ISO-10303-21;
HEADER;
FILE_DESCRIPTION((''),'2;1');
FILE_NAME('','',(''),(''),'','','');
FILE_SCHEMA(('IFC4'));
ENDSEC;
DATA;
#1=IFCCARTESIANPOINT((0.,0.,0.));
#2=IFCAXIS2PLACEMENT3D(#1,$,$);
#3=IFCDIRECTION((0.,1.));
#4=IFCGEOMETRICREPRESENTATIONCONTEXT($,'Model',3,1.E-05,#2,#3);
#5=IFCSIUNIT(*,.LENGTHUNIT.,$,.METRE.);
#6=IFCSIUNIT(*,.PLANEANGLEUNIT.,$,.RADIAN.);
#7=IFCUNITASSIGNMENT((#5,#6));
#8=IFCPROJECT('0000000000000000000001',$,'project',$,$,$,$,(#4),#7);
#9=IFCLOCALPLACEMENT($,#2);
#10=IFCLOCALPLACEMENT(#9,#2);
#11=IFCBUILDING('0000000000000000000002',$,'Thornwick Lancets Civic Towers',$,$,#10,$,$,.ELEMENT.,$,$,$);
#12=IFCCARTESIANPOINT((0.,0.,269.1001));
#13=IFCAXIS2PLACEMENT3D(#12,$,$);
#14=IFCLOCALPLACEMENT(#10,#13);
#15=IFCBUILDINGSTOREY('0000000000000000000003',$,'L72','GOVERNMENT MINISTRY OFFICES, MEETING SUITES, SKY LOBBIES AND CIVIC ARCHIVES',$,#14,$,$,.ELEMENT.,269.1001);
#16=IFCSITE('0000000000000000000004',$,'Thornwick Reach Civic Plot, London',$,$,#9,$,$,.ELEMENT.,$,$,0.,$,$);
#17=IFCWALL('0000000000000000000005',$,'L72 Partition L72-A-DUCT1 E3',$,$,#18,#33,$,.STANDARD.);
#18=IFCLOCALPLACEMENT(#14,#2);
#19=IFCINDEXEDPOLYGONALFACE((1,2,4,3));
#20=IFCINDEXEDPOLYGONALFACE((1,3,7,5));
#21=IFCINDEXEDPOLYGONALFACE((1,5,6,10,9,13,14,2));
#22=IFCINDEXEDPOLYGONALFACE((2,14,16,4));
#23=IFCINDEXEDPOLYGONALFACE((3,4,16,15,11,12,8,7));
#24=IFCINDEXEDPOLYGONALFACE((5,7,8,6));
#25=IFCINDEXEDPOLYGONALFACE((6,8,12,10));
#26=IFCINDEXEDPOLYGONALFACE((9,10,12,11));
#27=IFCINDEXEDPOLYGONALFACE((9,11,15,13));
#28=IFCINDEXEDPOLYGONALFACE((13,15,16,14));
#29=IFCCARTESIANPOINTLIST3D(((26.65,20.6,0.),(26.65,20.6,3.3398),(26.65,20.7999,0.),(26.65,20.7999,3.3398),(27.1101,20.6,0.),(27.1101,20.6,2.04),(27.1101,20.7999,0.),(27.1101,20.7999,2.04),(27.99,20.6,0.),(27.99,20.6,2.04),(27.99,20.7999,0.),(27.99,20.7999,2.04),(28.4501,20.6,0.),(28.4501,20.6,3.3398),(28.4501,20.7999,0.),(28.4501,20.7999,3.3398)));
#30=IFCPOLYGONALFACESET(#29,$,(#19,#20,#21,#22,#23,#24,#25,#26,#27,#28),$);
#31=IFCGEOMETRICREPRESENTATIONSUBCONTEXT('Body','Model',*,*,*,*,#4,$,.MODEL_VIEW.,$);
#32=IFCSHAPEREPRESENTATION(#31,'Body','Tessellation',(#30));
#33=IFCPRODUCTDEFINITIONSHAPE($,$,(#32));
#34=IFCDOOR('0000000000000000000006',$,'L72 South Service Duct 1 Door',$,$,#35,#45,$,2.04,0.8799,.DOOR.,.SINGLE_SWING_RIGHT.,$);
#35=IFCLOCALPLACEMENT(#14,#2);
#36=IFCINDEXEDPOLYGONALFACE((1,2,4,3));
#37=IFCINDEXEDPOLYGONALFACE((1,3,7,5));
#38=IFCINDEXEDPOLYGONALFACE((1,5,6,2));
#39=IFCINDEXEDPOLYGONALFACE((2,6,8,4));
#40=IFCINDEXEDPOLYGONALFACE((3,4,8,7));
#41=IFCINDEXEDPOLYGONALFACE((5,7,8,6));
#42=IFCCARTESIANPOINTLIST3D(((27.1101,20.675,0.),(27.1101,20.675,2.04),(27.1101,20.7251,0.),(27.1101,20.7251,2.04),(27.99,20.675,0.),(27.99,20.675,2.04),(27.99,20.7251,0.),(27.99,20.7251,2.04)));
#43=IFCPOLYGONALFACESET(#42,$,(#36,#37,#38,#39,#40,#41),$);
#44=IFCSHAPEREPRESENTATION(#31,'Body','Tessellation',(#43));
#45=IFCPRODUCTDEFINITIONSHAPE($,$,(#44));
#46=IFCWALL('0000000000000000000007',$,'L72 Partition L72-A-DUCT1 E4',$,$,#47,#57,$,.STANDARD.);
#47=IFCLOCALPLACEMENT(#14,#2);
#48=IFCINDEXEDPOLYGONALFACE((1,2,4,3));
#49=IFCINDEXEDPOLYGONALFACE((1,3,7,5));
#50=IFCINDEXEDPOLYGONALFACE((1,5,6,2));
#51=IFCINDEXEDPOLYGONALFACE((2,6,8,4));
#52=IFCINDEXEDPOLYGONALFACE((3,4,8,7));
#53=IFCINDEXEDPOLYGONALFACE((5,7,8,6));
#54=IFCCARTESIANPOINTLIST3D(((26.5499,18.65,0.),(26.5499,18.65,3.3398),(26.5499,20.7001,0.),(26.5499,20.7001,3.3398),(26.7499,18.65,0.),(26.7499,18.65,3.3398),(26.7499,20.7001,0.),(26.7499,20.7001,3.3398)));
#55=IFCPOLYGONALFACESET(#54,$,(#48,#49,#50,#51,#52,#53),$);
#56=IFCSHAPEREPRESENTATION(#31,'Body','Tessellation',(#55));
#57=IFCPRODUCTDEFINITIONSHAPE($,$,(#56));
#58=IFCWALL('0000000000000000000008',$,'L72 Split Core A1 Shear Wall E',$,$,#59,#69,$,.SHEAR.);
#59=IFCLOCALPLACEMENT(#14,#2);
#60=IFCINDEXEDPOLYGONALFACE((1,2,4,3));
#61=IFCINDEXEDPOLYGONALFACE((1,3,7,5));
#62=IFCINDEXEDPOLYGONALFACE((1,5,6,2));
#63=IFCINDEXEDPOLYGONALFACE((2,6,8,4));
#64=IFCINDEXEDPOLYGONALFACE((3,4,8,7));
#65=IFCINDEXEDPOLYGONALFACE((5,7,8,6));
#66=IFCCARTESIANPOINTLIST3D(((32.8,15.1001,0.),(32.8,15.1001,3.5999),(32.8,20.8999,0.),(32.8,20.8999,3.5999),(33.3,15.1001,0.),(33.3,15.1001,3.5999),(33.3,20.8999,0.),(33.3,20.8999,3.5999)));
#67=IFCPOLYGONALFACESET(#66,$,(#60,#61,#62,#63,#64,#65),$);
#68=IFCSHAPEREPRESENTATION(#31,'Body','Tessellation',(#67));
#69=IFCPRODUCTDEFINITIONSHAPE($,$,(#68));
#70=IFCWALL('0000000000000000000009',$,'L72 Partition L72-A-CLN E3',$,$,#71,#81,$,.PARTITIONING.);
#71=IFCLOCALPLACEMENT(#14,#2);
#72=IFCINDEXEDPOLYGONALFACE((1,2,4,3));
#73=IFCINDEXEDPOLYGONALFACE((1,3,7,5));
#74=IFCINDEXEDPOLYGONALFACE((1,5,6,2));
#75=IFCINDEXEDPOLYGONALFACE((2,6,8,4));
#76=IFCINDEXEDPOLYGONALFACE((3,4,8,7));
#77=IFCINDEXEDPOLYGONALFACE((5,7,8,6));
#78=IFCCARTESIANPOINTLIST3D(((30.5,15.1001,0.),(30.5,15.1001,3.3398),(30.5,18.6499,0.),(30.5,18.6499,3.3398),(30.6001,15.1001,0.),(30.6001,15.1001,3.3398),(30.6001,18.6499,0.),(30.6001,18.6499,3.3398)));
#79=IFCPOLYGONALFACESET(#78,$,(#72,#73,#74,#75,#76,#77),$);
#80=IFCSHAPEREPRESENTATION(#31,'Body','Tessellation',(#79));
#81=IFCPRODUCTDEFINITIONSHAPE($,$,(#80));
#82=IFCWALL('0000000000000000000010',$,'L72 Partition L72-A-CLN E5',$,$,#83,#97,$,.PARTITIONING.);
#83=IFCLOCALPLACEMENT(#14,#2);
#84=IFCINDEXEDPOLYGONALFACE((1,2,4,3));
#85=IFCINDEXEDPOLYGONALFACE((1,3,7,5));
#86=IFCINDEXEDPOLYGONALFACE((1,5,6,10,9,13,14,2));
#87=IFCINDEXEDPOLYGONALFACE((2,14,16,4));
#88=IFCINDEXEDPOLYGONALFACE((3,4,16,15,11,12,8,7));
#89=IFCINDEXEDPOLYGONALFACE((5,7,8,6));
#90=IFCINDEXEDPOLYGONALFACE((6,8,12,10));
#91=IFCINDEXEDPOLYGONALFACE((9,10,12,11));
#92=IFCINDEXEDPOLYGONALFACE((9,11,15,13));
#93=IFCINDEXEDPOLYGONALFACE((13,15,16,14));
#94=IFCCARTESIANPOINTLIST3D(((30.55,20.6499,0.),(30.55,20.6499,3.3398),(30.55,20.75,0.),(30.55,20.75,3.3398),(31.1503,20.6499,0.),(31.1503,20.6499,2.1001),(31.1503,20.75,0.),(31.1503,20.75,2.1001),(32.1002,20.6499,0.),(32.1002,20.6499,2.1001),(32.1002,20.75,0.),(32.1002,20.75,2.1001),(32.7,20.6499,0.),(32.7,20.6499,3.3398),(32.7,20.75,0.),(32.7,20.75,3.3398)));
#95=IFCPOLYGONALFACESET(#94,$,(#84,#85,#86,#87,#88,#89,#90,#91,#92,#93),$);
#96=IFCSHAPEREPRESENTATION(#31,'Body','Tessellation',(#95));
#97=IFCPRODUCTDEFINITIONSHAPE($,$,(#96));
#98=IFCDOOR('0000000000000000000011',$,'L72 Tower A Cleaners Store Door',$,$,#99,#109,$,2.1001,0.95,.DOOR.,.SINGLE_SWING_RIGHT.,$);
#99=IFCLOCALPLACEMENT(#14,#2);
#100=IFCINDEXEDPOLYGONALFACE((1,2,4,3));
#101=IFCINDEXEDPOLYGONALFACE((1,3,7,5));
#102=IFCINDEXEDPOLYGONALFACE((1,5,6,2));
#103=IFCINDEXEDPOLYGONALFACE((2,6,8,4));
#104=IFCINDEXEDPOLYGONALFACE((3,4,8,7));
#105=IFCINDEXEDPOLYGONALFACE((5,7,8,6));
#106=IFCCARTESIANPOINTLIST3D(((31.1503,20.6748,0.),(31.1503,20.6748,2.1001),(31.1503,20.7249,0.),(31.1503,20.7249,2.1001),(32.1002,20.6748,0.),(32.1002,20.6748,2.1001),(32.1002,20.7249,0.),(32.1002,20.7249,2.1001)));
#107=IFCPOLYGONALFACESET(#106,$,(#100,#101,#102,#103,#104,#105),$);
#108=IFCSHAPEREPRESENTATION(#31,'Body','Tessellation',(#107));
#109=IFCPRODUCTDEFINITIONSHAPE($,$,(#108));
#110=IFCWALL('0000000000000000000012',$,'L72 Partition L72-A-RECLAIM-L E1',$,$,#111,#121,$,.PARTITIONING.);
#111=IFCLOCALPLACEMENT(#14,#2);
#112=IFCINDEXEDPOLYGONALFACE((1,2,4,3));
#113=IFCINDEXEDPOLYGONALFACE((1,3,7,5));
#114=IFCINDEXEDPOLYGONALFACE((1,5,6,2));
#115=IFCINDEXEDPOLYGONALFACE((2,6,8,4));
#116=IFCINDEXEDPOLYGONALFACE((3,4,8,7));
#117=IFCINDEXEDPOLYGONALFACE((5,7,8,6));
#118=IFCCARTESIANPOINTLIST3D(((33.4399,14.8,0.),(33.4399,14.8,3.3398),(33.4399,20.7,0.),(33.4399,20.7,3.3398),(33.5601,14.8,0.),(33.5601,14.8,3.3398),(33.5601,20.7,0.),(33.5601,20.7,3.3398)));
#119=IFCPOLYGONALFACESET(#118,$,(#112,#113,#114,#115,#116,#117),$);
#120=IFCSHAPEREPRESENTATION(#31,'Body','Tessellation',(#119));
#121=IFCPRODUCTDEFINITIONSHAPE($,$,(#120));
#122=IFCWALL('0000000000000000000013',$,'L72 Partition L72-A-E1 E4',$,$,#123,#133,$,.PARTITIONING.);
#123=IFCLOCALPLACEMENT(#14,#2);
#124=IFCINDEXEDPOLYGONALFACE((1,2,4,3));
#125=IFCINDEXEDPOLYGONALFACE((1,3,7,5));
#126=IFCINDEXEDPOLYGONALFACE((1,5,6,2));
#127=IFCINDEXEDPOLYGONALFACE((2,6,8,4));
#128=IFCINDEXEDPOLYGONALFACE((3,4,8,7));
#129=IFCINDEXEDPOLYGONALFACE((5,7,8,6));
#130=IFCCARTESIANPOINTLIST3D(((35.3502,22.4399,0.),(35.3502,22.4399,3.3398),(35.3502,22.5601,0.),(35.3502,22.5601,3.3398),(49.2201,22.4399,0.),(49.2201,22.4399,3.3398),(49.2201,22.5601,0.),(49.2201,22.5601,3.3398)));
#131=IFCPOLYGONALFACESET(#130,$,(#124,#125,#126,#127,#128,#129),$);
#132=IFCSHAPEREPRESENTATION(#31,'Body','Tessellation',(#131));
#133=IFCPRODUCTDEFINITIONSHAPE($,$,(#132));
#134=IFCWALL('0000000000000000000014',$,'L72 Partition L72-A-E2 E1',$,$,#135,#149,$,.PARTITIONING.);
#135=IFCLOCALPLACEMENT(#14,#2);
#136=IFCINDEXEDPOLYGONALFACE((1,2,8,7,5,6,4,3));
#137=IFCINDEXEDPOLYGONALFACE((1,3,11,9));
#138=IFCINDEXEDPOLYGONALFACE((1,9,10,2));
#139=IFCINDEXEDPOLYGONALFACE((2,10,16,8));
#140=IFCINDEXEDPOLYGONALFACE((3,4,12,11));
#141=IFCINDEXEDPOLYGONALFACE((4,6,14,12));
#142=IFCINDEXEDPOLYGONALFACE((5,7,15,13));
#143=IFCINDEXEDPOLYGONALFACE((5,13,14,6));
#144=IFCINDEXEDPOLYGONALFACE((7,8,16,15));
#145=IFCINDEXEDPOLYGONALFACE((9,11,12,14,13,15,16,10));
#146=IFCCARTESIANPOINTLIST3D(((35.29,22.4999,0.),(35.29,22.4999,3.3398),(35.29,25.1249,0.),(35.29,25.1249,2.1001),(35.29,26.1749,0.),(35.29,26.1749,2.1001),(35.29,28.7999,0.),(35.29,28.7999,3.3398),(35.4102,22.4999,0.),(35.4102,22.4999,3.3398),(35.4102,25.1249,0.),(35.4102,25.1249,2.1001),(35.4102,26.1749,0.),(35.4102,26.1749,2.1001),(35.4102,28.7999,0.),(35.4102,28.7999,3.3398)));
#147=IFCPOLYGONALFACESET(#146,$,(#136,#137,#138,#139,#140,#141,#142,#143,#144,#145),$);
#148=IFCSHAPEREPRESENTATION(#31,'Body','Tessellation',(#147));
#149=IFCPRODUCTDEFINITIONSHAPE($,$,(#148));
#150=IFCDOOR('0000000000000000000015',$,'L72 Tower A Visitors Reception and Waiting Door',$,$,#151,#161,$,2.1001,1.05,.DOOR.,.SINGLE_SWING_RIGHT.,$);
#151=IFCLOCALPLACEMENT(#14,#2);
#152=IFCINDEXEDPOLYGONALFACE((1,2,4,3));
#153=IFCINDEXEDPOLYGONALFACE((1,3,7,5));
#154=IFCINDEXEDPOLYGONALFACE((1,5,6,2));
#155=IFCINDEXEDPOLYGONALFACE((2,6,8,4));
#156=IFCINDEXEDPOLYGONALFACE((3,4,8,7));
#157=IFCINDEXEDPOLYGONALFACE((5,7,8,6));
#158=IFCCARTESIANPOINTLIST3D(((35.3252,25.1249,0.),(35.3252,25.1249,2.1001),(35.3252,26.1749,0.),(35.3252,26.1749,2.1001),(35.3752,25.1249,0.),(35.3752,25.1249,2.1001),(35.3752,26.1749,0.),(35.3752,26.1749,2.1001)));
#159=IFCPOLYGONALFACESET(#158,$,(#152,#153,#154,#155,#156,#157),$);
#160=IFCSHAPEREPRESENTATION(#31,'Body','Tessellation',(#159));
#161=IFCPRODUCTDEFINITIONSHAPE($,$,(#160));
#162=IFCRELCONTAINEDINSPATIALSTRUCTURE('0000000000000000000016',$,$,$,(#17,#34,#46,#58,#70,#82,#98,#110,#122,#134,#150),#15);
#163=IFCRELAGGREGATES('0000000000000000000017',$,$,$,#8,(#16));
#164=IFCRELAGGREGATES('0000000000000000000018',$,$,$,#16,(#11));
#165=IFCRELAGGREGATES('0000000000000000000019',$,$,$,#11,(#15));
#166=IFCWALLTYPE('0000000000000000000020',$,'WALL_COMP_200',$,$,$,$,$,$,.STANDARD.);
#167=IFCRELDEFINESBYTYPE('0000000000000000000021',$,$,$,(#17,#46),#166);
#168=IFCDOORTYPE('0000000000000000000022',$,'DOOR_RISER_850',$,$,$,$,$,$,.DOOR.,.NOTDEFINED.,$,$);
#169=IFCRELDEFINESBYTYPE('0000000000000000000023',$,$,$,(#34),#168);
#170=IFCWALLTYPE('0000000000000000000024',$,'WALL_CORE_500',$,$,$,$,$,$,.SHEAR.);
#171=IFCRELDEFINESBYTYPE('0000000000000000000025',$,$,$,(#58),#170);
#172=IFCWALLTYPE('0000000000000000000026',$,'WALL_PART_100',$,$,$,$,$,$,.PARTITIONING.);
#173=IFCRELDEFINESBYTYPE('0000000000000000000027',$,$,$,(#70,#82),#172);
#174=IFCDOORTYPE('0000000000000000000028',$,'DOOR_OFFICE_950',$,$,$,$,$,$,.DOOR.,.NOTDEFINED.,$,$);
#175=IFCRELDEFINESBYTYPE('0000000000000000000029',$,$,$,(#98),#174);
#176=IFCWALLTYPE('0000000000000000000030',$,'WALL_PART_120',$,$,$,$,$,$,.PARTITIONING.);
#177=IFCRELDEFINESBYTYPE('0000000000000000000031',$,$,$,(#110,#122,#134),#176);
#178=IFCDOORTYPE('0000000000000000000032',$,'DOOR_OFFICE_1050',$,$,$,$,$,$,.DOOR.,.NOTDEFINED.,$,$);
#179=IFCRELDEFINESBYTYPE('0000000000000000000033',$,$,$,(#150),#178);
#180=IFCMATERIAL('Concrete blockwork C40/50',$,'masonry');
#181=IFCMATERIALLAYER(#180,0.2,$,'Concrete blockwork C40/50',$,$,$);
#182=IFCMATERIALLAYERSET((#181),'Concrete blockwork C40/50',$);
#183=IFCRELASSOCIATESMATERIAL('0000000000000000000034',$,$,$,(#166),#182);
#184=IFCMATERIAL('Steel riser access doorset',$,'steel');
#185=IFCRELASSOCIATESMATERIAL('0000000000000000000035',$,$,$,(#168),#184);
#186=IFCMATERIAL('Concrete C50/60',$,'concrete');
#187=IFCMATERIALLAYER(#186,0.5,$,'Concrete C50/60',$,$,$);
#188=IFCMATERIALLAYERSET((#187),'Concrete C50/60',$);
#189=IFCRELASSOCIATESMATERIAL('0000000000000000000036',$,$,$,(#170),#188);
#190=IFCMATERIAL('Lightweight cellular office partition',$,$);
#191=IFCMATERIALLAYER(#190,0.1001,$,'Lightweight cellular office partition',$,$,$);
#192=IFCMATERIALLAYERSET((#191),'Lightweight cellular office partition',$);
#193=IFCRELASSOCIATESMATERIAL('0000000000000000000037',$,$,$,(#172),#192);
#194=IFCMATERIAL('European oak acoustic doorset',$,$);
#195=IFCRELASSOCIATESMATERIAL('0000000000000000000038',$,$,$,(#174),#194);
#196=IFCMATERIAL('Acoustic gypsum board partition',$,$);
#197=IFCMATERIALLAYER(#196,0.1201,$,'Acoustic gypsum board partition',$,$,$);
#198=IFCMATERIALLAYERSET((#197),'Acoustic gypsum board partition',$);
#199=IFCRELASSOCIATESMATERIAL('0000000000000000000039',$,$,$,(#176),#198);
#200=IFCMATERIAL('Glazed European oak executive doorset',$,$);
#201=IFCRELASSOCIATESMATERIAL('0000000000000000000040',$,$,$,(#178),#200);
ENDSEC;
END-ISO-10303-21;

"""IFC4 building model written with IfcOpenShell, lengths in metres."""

from ifc_helpers import new_model, si_unit, direction, frame, frame_2d, origin, place, context, subcontext, project, spatial, rectangle, extrude, material, layer, layer_set, type_object, element, fill, save


model = new_model("IFC4")

# Units and contexts
model_context = context("Model", 3, precision=1e-05, world=origin(), true_north=direction((0.0, 1.0)))
body_context = subcontext(model_context, "Body", "Model", "MODEL_VIEW")
ifc_project = project(units=[si_unit("LENGTHUNIT", "METRE"), si_unit("PLANEANGLEUNIT", "RADIAN")], contexts=[model_context])

# Site, building, storey
site_placement = place(None, origin())
site = spatial("IfcSite", under=ifc_project, at=site_placement, Name="Thornwick Reach Civic Plot, London", CompositionType="ELEMENT", RefElevation=0.0)
building_placement = place(site_placement, origin())
building = spatial("IfcBuilding", under=site, at=building_placement, Name="Thornwick Lancets Civic Towers", CompositionType="ELEMENT")
storey_placement = place(building_placement, frame((0.0, 0.0, 269.1001)))
storey = spatial("IfcBuildingStorey", under=building, at=storey_placement, Name="L72", Description="GOVERNMENT MINISTRY OFFICES, MEETING SUITES, SKY LOBBIES AND CIVIC ARCHIVES", CompositionType="ELEMENT", Elevation=269.1001)

# Shared definitions
ifc_material_1 = material(Name="Concrete C50/60", Category="concrete")

# Shared definitions
ifc_material_2 = material(Name="Concrete blockwork C40/50", Category="masonry")
ifc_layer_1 = layer(ifc_material_2, 0.2, Name="Concrete blockwork C40/50")
ifc_layer_set_1 = layer_set([ifc_layer_1], Name="Concrete blockwork C40/50")
wall_type_1 = type_object("IfcWallType", Name="WALL_COMP_200", PredefinedType="STANDARD", material=ifc_layer_set_1)

# Wall, opening, door
wall_1_placement = place(storey_placement, frame((28.45, 20.7, 0.0), z_axis=(0.0, 0.0, 1.0), x_axis=(-1.0, 0.0, 0.0)))
wall_1 = element("IfcWall", 1, at=wall_1_placement, inside=storey, type_object=wall_type_1, Name="L72 Partition L72-A-DUCT1 E3", PredefinedType="STANDARD", context=body_context, shape_type="SweptSolid", body=[
    extrude(rectangle(XDim=1.8, YDim=0.2, at=frame_2d((0.8999, 0.0))), origin(), (0.0, 0.0, 1.0), 3.3398),
])
opening_1_placement = place(wall_1_placement, frame((0.46, 0.0, 0.0)))
opening_1 = element("IfcOpeningElement", 2, at=opening_1_placement, cuts=wall_1, PredefinedType="OPENING", context=body_context, shape_type="SweptSolid", body=[
    extrude(rectangle(XDim=0.8799, YDim=2.04, at=frame_2d((0.4399, 1.02))), frame((0.0, 0.1099, 0.0), z_axis=(0.0, -1.0, 0.0), x_axis=(1.0, 0.0, 0.0)), (0.0, 0.0, 1.0), 0.22),
])
ifc_material_3 = material(Name="Steel riser access doorset", Category="steel")
door_type_1 = type_object("IfcDoorType", Name="DOOR_RISER_850", OperationType="NOTDEFINED", PredefinedType="DOOR", material=ifc_material_3)
door_1_placement = place(opening_1_placement, origin())
door_1 = element("IfcDoor", 3, at=door_1_placement, inside=storey, type_object=door_type_1, Name="L72 South Service Duct 1 Door", OperationType="SINGLE_SWING_RIGHT", OverallHeight=2.04, OverallWidth=0.8799, PredefinedType="DOOR", context=body_context, shape_type="SweptSolid", body=[
    extrude(rectangle(XDim=0.8799, YDim=2.04, at=frame_2d((0.4399, 1.02))), frame((0.0, 0.0249, 0.0), z_axis=(0.0, -1.0, 0.0), x_axis=(1.0, 0.0, 0.0)), (0.0, 0.0, 1.0), 0.05),
])
fill(opening_1, door_1)

# Walls
wall_2_placement = place(storey_placement, frame((26.6499, 20.7, 0.0), z_axis=(0.0, 0.0, 1.0), x_axis=(0.0, -1.0, 0.0)))
element("IfcWall", 4, at=wall_2_placement, inside=storey, type_object=wall_type_1, Name="L72 Partition L72-A-DUCT1 E4", PredefinedType="STANDARD", context=body_context, shape_type="SweptSolid", body=[
    extrude(rectangle(XDim=2.05, YDim=0.2, at=frame_2d((1.0249, 0.0))), origin(), (0.0, 0.0, 1.0), 3.3398),
])
ifc_layer_2 = layer(ifc_material_1, 0.5, Name="Concrete C50/60")
ifc_layer_set_2 = layer_set([ifc_layer_2], Name="Concrete C50/60")
wall_type_2 = type_object("IfcWallType", Name="WALL_CORE_500", PredefinedType="SHEAR", material=ifc_layer_set_2)
wall_3_placement = place(storey_placement, frame((33.05, 15.1001, 0.0), z_axis=(0.0, 0.0, 1.0), x_axis=(0.0, 1.0, 0.0)))
element("IfcWall", 5, at=wall_3_placement, inside=storey, type_object=wall_type_2, Name="L72 Split Core A1 Shear Wall E", PredefinedType="SHEAR", context=body_context, shape_type="SweptSolid", body=[
    extrude(rectangle(XDim=5.7998, YDim=0.5, at=frame_2d((2.8999, 0.0))), origin(), (0.0, 0.0, 1.0), 3.5999),
])
ifc_material_4 = material(Name="Lightweight cellular office partition")
ifc_layer_3 = layer(ifc_material_4, 0.1001, Name="Lightweight cellular office partition")
ifc_layer_set_3 = layer_set([ifc_layer_3], Name="Lightweight cellular office partition")
wall_type_3 = type_object("IfcWallType", Name="WALL_PART_100", PredefinedType="PARTITIONING", material=ifc_layer_set_3)
wall_4_placement = place(storey_placement, frame((30.55, 15.1001, 0.0), z_axis=(0.0, 0.0, 1.0), x_axis=(0.0, 1.0, 0.0)))
element("IfcWall", 6, at=wall_4_placement, inside=storey, type_object=wall_type_3, Name="L72 Partition L72-A-CLN E3", PredefinedType="PARTITIONING", context=body_context, shape_type="SweptSolid", body=[
    extrude(rectangle(XDim=3.5498, YDim=0.1001, at=frame_2d((1.7749, 0.0))), origin(), (0.0, 0.0, 1.0), 3.3398),
])

# Wall, opening, door
wall_5_placement = place(storey_placement, frame((30.55, 20.7, 0.0), z_axis=(0.0, 0.0, 1.0), x_axis=(1.0, 0.0, 0.0)))
wall_5 = element("IfcWall", 7, at=wall_5_placement, inside=storey, type_object=wall_type_3, Name="L72 Partition L72-A-CLN E5", PredefinedType="PARTITIONING", context=body_context, shape_type="SweptSolid", body=[
    extrude(rectangle(XDim=2.1499, YDim=0.1001, at=frame_2d((1.075, 0.0))), origin(), (0.0, 0.0, 1.0), 3.3398),
])
opening_2_placement = place(wall_5_placement, frame((0.6001, 0.0, 0.0)))
opening_2 = element("IfcOpeningElement", 8, at=opening_2_placement, cuts=wall_5, PredefinedType="OPENING", context=body_context, shape_type="SweptSolid", body=[
    extrude(rectangle(XDim=0.95, YDim=2.1001, at=frame_2d((0.4751, 1.05))), frame((0.0, 0.0601, 0.0), z_axis=(0.0, -1.0, 0.0), x_axis=(1.0, 0.0, 0.0)), (0.0, 0.0, 1.0), 0.1201),
])
ifc_material_5 = material(Name="European oak acoustic doorset")
door_type_2 = type_object("IfcDoorType", Name="DOOR_OFFICE_950", OperationType="NOTDEFINED", PredefinedType="DOOR", material=ifc_material_5)
door_2_placement = place(opening_2_placement, origin())
door_2 = element("IfcDoor", 9, at=door_2_placement, inside=storey, type_object=door_type_2, Name="L72 Tower A Cleaners Store Door", OperationType="SINGLE_SWING_RIGHT", OverallHeight=2.1001, OverallWidth=0.95, PredefinedType="DOOR", context=body_context, shape_type="SweptSolid", body=[
    extrude(rectangle(XDim=0.95, YDim=2.1001, at=frame_2d((0.4751, 1.05))), frame((0.0, 0.0249, 0.0), z_axis=(0.0, -1.0, 0.0), x_axis=(1.0, 0.0, 0.0)), (0.0, 0.0, 1.0), 0.05),
])
fill(opening_2, door_2)

# Walls
ifc_material_6 = material(Name="Acoustic gypsum board partition")
ifc_layer_4 = layer(ifc_material_6, 0.1201, Name="Acoustic gypsum board partition")
ifc_layer_set_4 = layer_set([ifc_layer_4], Name="Acoustic gypsum board partition")
wall_type_4 = type_object("IfcWallType", Name="WALL_PART_120", PredefinedType="PARTITIONING", material=ifc_layer_set_4)
wall_6_placement = place(storey_placement, frame((33.5, 20.7, 0.0), z_axis=(0.0, 0.0, 1.0), x_axis=(0.0, -1.0, 0.0)))
element("IfcWall", 10, at=wall_6_placement, inside=storey, type_object=wall_type_4, Name="L72 Partition L72-A-RECLAIM-L E1", PredefinedType="PARTITIONING", context=body_context, shape_type="SweptSolid", body=[
    extrude(rectangle(XDim=5.8999, YDim=0.1201, at=frame_2d((2.95, 0.0))), origin(), (0.0, 0.0, 1.0), 3.3398),
])
wall_7_placement = place(storey_placement, frame((35.3501, 22.5, 0.0), z_axis=(0.0, 0.0, 1.0), x_axis=(1.0, 0.0, 0.0)))
element("IfcWall", 11, at=wall_7_placement, inside=storey, type_object=wall_type_4, Name="L72 Partition L72-A-E1 E4", PredefinedType="PARTITIONING", context=body_context, shape_type="SweptSolid", body=[
    extrude(rectangle(XDim=13.8699, YDim=0.1201, at=frame_2d((6.9351, 0.0))), origin(), (0.0, 0.0, 1.0), 3.3398),
])

# Wall, opening, door
wall_8_placement = place(storey_placement, frame((35.3501, 22.5, 0.0), z_axis=(0.0, 0.0, 1.0), x_axis=(0.0, 1.0, 0.0)))
wall_8 = element("IfcWall", 12, at=wall_8_placement, inside=storey, type_object=wall_type_4, Name="L72 Partition L72-A-E2 E1", PredefinedType="PARTITIONING", context=body_context, shape_type="SweptSolid", body=[
    extrude(rectangle(XDim=6.3, YDim=0.1201, at=frame_2d((3.1499, 0.0))), origin(), (0.0, 0.0, 1.0), 3.3398),
])
opening_3_placement = place(wall_8_placement, frame((2.625, 0.0, 0.0)))
opening_3 = element("IfcOpeningElement", 13, at=opening_3_placement, cuts=wall_8, PredefinedType="OPENING", context=body_context, shape_type="SweptSolid", body=[
    extrude(rectangle(XDim=1.05, YDim=2.1001, at=frame_2d((0.5249, 1.05))), frame((0.0, 0.0701, 0.0), z_axis=(0.0, -1.0, 0.0), x_axis=(1.0, 0.0, 0.0)), (0.0, 0.0, 1.0), 0.1401),
])
ifc_material_7 = material(Name="Glazed European oak executive doorset")
door_type_3 = type_object("IfcDoorType", Name="DOOR_OFFICE_1050", OperationType="NOTDEFINED", PredefinedType="DOOR", material=ifc_material_7)
door_3_placement = place(opening_3_placement, origin())
door_3 = element("IfcDoor", 14, at=door_3_placement, inside=storey, type_object=door_type_3, Name="L72 Tower A Visitors Reception and Waiting Door", OperationType="SINGLE_SWING_RIGHT", OverallHeight=2.1001, OverallWidth=1.05, PredefinedType="DOOR", context=body_context, shape_type="SweptSolid", body=[
    extrude(rectangle(XDim=1.05, YDim=2.1001, at=frame_2d((0.5249, 1.05))), frame((0.0, 0.0249, 0.0), z_axis=(0.0, -1.0, 0.0), x_axis=(1.0, 0.0, 0.0)), (0.0, 0.0, 1.0), 0.05),
])
fill(opening_3, door_3)

save(model, "model.ifc")
